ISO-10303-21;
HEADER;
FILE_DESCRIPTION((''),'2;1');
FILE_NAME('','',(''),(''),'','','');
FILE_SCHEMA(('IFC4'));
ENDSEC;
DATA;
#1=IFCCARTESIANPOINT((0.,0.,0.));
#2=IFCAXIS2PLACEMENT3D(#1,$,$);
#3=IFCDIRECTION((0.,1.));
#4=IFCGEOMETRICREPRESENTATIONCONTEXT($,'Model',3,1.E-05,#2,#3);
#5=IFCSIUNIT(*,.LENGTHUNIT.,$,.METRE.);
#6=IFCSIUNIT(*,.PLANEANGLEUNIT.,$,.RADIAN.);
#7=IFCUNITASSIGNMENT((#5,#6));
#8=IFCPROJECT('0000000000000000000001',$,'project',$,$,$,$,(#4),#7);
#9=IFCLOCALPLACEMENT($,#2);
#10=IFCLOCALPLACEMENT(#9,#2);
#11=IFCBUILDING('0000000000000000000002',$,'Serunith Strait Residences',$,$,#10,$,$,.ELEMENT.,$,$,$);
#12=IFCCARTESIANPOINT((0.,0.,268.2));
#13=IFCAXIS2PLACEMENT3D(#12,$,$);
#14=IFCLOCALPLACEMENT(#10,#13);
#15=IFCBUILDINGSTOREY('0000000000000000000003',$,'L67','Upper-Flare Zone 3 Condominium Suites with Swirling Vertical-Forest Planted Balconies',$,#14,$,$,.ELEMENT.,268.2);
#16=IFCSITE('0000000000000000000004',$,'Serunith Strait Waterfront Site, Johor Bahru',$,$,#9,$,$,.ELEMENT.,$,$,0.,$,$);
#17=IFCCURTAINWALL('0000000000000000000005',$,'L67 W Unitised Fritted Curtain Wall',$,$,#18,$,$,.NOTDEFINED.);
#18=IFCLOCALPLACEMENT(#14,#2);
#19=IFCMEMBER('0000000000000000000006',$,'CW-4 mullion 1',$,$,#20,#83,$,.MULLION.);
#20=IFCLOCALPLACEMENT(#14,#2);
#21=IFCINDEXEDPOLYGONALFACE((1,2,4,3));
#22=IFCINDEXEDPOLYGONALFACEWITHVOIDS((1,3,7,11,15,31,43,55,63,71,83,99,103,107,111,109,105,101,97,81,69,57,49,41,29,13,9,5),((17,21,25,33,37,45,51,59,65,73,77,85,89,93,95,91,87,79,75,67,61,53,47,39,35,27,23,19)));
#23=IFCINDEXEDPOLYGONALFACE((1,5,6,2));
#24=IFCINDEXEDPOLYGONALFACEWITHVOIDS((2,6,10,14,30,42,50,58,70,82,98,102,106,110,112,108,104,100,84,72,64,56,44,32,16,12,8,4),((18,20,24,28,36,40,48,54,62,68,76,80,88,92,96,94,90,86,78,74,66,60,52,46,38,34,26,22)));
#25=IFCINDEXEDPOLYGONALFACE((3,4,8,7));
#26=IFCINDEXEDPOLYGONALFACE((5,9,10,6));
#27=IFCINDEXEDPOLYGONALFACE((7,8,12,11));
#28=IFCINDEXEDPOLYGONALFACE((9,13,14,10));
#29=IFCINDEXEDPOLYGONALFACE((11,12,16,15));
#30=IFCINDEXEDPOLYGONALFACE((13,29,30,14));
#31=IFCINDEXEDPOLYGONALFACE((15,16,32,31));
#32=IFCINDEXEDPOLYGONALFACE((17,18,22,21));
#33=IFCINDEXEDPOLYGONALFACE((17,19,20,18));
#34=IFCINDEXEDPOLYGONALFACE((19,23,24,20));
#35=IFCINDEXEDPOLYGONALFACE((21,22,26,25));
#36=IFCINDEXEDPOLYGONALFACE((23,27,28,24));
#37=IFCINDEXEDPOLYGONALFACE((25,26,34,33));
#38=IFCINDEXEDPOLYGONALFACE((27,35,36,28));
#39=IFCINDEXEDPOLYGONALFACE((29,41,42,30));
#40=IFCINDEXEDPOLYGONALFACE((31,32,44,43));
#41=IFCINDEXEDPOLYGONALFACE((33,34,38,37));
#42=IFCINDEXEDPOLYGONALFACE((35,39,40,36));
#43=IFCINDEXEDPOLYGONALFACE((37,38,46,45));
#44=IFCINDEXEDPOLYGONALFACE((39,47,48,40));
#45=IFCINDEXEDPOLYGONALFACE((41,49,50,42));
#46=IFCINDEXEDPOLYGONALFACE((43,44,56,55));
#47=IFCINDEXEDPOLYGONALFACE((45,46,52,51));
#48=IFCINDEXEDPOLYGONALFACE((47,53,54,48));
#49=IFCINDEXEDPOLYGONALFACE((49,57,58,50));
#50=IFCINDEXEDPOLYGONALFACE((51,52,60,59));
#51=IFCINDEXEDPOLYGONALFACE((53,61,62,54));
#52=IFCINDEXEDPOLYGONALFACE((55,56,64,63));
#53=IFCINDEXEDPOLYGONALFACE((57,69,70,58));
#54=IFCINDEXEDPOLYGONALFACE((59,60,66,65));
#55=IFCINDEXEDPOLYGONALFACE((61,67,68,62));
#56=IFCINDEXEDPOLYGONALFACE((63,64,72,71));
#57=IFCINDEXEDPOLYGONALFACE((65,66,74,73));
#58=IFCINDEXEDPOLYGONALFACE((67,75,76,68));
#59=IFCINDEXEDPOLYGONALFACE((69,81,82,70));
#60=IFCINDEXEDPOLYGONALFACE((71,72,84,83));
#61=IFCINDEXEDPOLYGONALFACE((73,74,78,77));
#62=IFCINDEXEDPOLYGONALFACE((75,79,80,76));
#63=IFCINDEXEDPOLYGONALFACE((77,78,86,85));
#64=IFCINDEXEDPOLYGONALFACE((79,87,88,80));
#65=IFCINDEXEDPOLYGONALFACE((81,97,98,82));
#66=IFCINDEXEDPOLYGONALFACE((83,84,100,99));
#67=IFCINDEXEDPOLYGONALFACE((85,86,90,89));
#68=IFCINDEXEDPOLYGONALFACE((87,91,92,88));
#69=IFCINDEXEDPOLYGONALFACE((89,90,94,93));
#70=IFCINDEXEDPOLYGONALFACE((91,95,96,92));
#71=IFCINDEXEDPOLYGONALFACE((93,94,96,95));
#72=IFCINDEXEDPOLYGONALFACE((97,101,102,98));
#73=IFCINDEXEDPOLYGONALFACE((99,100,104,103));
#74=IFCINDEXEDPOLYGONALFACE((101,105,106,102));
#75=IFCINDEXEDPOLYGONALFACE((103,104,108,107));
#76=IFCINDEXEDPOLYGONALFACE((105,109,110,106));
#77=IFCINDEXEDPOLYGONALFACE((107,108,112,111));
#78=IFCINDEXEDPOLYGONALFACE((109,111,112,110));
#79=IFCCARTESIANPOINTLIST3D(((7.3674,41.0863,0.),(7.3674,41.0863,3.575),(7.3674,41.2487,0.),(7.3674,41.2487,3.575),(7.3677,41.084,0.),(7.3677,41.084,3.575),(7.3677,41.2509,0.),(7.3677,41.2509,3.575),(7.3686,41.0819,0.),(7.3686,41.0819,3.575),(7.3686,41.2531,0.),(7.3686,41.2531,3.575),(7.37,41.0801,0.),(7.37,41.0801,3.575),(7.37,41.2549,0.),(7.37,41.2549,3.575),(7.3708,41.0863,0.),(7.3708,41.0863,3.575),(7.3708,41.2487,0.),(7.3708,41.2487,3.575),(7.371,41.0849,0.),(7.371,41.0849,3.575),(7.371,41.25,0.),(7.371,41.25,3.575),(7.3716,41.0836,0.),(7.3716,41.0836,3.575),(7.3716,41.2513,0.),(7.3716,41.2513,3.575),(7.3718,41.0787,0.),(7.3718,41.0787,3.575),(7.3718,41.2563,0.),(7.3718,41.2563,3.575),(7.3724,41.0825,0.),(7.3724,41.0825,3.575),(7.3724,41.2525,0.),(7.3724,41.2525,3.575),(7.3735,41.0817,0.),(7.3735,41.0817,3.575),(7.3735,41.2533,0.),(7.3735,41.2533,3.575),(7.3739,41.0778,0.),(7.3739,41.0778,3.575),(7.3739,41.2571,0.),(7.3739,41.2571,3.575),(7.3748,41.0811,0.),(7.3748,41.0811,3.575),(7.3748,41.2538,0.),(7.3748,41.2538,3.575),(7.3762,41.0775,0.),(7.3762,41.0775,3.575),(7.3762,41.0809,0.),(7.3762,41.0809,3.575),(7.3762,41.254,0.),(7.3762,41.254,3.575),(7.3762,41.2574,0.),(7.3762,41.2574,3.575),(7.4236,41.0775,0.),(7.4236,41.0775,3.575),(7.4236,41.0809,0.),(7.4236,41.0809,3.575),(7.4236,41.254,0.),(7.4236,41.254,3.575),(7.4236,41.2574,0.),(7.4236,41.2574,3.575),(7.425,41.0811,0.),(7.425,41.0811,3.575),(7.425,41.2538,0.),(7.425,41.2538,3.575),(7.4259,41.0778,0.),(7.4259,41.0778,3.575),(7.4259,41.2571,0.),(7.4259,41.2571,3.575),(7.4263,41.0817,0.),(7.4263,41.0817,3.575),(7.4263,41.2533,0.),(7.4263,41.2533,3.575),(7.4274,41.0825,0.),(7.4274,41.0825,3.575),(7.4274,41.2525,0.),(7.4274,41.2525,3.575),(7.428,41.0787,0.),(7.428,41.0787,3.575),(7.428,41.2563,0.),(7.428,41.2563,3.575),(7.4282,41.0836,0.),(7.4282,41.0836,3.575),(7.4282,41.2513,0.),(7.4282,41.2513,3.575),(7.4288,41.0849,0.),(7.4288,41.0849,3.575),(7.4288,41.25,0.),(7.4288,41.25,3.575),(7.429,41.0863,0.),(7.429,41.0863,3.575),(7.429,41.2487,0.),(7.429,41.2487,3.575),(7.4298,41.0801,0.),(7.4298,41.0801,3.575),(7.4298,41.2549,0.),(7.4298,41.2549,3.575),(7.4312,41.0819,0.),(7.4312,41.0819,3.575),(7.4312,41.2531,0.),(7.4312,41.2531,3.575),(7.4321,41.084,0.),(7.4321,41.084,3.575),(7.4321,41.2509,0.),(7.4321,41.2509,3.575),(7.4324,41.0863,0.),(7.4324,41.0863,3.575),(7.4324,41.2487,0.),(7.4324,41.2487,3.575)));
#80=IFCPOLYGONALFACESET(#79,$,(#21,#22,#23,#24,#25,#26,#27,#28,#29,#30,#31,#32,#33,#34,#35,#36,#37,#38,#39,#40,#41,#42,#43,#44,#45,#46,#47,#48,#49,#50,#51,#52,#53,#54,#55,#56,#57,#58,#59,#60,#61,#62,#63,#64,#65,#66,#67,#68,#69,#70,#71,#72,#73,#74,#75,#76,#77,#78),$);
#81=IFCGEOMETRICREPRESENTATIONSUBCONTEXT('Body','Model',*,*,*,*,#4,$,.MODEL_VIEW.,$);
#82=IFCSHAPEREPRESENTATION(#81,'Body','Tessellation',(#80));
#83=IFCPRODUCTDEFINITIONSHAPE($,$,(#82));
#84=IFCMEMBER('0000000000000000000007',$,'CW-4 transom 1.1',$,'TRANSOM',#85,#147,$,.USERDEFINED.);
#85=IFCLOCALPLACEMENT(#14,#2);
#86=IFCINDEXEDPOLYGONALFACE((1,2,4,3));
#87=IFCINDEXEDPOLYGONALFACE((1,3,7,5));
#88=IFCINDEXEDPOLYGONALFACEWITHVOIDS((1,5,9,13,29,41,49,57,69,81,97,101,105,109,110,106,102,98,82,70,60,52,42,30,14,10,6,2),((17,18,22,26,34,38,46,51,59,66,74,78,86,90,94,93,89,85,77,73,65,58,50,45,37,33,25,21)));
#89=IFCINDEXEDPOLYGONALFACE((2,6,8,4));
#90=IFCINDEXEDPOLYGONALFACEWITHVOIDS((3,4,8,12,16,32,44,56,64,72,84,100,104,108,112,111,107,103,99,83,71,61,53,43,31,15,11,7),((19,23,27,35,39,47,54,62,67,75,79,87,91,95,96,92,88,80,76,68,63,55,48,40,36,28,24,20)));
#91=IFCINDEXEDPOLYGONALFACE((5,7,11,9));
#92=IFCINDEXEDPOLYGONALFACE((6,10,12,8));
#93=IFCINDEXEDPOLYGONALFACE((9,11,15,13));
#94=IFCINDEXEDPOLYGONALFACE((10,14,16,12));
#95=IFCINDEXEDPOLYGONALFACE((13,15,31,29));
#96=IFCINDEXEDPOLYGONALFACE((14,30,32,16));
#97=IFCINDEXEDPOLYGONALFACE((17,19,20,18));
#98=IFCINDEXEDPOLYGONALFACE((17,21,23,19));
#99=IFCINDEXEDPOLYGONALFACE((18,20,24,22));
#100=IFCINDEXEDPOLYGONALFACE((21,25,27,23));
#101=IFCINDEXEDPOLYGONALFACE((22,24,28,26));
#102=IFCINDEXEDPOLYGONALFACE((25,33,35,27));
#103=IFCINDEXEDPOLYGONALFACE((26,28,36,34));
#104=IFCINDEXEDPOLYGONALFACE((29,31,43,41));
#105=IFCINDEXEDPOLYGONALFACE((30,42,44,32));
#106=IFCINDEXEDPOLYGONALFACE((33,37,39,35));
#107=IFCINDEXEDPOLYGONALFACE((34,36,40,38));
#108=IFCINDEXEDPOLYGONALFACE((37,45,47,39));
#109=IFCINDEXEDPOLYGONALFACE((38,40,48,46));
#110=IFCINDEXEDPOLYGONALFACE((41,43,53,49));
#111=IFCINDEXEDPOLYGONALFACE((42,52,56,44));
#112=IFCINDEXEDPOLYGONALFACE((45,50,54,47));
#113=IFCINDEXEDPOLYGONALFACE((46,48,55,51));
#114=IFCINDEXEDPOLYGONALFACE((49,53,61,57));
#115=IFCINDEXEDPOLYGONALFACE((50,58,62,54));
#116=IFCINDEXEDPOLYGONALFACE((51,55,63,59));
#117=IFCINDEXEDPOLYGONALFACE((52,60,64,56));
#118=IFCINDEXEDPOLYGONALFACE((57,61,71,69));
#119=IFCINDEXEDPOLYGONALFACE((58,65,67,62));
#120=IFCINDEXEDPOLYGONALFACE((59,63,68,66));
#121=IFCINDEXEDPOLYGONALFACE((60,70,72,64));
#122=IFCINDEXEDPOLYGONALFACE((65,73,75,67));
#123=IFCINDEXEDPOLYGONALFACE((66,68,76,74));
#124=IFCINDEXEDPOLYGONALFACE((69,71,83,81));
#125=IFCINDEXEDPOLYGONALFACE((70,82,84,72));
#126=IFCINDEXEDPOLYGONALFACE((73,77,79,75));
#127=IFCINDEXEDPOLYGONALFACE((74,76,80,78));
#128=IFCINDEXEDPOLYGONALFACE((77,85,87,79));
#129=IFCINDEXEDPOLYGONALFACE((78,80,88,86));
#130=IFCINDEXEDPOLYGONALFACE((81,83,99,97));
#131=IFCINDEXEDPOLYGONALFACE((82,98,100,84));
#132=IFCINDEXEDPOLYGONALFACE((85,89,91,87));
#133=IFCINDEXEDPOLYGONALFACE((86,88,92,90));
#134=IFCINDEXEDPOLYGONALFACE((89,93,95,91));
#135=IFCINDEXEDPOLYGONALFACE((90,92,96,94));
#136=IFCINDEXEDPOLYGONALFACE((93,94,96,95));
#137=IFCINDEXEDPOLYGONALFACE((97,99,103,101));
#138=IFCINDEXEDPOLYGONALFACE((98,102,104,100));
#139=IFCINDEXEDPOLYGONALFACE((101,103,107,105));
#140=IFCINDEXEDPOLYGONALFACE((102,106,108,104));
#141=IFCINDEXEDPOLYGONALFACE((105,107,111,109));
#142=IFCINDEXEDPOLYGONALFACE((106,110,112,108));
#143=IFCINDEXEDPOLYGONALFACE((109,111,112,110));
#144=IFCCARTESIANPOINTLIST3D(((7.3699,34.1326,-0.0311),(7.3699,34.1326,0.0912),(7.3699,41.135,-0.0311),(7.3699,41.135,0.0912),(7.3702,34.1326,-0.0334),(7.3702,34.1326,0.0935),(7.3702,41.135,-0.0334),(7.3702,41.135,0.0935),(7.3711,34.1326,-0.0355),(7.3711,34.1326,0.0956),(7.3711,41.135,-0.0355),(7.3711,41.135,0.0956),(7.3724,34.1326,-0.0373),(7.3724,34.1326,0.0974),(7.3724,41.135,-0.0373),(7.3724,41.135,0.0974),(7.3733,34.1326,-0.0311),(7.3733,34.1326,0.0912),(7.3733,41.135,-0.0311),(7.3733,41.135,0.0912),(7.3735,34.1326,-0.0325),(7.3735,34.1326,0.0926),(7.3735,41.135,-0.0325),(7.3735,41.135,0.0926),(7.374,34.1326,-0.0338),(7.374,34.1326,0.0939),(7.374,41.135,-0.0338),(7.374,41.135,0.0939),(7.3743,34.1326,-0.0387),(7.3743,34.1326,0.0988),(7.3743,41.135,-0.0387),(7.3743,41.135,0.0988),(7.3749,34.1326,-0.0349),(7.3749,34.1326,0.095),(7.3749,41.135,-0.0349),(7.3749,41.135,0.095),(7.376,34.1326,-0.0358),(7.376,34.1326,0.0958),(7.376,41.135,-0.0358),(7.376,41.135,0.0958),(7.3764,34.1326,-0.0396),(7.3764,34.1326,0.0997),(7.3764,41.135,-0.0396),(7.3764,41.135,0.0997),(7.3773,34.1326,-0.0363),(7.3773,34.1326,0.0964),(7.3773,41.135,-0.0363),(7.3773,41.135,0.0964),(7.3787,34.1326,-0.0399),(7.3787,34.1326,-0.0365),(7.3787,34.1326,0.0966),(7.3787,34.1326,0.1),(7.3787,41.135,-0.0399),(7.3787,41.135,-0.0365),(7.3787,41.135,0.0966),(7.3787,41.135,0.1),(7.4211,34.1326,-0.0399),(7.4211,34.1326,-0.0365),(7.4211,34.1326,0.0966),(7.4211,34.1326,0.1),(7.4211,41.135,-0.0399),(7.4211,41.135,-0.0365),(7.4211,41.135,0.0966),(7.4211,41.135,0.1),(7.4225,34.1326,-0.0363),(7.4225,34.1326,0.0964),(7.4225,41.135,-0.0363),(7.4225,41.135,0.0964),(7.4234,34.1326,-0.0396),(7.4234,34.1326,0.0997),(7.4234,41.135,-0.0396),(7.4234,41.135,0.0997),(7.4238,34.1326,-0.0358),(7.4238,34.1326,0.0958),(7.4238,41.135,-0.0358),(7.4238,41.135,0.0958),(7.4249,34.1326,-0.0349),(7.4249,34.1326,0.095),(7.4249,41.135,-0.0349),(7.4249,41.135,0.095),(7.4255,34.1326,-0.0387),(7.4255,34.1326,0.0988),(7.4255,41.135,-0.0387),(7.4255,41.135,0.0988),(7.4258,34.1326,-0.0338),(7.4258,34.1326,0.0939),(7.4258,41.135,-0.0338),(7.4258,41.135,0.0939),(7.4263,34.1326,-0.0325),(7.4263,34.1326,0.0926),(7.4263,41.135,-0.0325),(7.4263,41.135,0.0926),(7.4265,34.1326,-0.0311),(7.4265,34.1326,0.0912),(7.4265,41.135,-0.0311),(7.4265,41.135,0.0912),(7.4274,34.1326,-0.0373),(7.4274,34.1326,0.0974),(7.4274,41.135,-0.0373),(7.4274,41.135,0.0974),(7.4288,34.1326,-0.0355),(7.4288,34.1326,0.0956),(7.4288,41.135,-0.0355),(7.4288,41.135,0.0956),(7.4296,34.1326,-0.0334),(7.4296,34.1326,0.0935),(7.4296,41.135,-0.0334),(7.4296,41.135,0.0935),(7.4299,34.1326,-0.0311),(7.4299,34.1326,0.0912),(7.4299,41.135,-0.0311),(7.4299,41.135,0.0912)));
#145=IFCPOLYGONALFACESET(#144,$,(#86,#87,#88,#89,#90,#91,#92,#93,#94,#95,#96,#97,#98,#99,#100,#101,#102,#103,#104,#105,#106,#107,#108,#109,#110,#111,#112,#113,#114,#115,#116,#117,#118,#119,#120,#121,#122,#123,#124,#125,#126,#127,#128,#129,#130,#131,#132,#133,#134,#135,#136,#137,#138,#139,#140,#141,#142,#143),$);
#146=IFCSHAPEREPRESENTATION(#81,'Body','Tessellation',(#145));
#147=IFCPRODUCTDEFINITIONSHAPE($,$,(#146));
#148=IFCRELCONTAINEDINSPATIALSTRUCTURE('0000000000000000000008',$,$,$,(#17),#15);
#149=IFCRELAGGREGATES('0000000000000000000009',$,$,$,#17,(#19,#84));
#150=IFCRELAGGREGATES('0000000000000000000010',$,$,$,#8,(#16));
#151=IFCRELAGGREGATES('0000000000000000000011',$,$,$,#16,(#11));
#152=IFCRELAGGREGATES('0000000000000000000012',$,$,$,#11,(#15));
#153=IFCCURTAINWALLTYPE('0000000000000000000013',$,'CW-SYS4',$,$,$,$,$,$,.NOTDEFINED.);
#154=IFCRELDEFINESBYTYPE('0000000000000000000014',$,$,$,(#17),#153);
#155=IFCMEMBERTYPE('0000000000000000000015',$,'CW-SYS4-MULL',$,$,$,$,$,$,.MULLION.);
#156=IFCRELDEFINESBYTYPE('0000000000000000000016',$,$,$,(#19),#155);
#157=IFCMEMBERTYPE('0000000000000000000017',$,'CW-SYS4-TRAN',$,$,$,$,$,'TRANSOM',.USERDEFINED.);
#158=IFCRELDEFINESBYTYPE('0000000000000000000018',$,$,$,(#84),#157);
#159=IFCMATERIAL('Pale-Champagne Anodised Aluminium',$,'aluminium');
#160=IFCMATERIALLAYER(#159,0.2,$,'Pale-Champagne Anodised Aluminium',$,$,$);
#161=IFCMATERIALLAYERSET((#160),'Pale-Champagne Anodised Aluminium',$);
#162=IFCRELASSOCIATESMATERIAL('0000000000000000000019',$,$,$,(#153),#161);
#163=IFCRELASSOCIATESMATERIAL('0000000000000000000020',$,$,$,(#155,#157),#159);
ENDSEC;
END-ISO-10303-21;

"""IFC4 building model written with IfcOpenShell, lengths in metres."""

from ifc_helpers import new_model, si_unit, direction, frame, origin, origin_2d, place, context, subcontext, project, spatial, hollow_rectangle, extrude, source, transform, mapped, material, layer, layer_set, material_profile, profile_set, type_object, element, aggregate, save


model = new_model("IFC4")

# Units and contexts
model_context = context("Model", 3, precision=1e-05, world=origin(), true_north=direction((0.0, 1.0)))
body_context = subcontext(model_context, "Body", "Model", "MODEL_VIEW")
ifc_project = project(units=[si_unit("LENGTHUNIT", "METRE"), si_unit("PLANEANGLEUNIT", "RADIAN")], contexts=[model_context])

# Site, building, storey
site_placement = place(None, origin())
site = spatial("IfcSite", under=ifc_project, at=site_placement, Name="Serunith Strait Waterfront Site, Johor Bahru", CompositionType="ELEMENT", RefElevation=0.0)
building_placement = place(site_placement, origin())
building = spatial("IfcBuilding", under=site, at=building_placement, Name="Serunith Strait Residences", CompositionType="ELEMENT")
storey_placement = place(building_placement, frame((0.0, 0.0, 268.2)))
storey = spatial("IfcBuildingStorey", under=building, at=storey_placement, Name="L67", Description="Upper-Flare Zone 3 Condominium Suites with Swirling Vertical-Forest Planted Balconies", CompositionType="ELEMENT", Elevation=268.2)

# Shared definitions
ifc_material_1 = material(Name="Pale-Champagne Anodised Aluminium", Category="aluminium")
ifc_layer_1 = layer(ifc_material_1, 0.2, Name="Pale-Champagne Anodised Aluminium")
ifc_layer_set_1 = layer_set([ifc_layer_1], Name="Pale-Champagne Anodised Aluminium")
curtain_wall_type = type_object("IfcCurtainWallType", Name="CW-SYS4", PredefinedType="NOTDEFINED", material=ifc_layer_set_1)
ifc_material_profile_1 = material_profile(ifc_material_1, hollow_rectangle(XDim=0.0649, YDim=0.1799, WallThickness=0.0034, InnerFilletRadius=0.0054, OuterFilletRadius=0.0088, at=origin_2d()), Name="ALU 180x65x3.5")
ifc_profile_set_1 = profile_set([ifc_material_profile_1], Name="Pale-Champagne Anodised Aluminium")
member_type_1 = type_object("IfcMemberType", Name="CW-SYS4-MULL", PredefinedType="MULLION", material=ifc_profile_set_1)
shared_shape_1 = source(origin(), body_context, "Body", "SweptSolid", [
    extrude(hollow_rectangle(XDim=0.0649, YDim=0.1799, WallThickness=0.0034, InnerFilletRadius=0.0054, OuterFilletRadius=0.0088, at=origin_2d()), origin(), (0.0, 0.0, 1.0), 3.575),
])

# Curtain wall, members
curtain_wall_1_placement = place(storey_placement, origin())
curtain_wall_1 = element("IfcCurtainWall", 1, at=curtain_wall_1_placement, inside=storey, type_object=curtain_wall_type, Name="L67 W Unitised Fritted Curtain Wall", PredefinedType="NOTDEFINED")
member_1_placement = place(storey_placement, frame((7.3999, 41.1675, 0.0), z_axis=(0.0, 0.0, 1.0), x_axis=(1.0, 0.0, 0.0)))
member_1 = element("IfcMember", 2, at=member_1_placement, type_object=member_type_1, Name="CW-4 mullion 1", PredefinedType="MULLION", context=body_context, shape_type="MappedRepresentation", body=[
    mapped(shared_shape_1, transform((0.0, 0.0, 0.0), scale=1.0)),
])
ifc_material_profile_2 = material_profile(ifc_material_1, hollow_rectangle(XDim=0.0601, YDim=0.1399, WallThickness=0.0034, InnerFilletRadius=0.0054, OuterFilletRadius=0.0088, at=origin_2d()), Name="ALU 140x60x3.5")
ifc_profile_set_2 = profile_set([ifc_material_profile_2], Name="Pale-Champagne Anodised Aluminium")
member_type_2 = type_object("IfcMemberType", Name="CW-SYS4-TRAN", ElementType="TRANSOM", PredefinedType="USERDEFINED", material=ifc_profile_set_2)
shared_shape_2 = source(origin(), body_context, "Body", "SweptSolid", [
    extrude(hollow_rectangle(XDim=0.0601, YDim=0.1399, WallThickness=0.0034, InnerFilletRadius=0.0054, OuterFilletRadius=0.0088, at=origin_2d()), origin(), (0.0, 0.0, 1.0), 7.0024),
])
member_2_placement = place(storey_placement, frame((7.3999, 41.135, 0.03), z_axis=(0.0, -1.0, 0.0), x_axis=(1.0, 0.0, 0.0)))
member_2 = element("IfcMember", 3, at=member_2_placement, type_object=member_type_2, Name="CW-4 transom 1.1", ObjectType="TRANSOM", PredefinedType="USERDEFINED", context=body_context, shape_type="MappedRepresentation", body=[
    mapped(shared_shape_2, transform((0.0, 0.0, 0.0), scale=1.0)),
])

aggregate(curtain_wall_1, [member_1, member_2])

save(model, "model.ifc")
